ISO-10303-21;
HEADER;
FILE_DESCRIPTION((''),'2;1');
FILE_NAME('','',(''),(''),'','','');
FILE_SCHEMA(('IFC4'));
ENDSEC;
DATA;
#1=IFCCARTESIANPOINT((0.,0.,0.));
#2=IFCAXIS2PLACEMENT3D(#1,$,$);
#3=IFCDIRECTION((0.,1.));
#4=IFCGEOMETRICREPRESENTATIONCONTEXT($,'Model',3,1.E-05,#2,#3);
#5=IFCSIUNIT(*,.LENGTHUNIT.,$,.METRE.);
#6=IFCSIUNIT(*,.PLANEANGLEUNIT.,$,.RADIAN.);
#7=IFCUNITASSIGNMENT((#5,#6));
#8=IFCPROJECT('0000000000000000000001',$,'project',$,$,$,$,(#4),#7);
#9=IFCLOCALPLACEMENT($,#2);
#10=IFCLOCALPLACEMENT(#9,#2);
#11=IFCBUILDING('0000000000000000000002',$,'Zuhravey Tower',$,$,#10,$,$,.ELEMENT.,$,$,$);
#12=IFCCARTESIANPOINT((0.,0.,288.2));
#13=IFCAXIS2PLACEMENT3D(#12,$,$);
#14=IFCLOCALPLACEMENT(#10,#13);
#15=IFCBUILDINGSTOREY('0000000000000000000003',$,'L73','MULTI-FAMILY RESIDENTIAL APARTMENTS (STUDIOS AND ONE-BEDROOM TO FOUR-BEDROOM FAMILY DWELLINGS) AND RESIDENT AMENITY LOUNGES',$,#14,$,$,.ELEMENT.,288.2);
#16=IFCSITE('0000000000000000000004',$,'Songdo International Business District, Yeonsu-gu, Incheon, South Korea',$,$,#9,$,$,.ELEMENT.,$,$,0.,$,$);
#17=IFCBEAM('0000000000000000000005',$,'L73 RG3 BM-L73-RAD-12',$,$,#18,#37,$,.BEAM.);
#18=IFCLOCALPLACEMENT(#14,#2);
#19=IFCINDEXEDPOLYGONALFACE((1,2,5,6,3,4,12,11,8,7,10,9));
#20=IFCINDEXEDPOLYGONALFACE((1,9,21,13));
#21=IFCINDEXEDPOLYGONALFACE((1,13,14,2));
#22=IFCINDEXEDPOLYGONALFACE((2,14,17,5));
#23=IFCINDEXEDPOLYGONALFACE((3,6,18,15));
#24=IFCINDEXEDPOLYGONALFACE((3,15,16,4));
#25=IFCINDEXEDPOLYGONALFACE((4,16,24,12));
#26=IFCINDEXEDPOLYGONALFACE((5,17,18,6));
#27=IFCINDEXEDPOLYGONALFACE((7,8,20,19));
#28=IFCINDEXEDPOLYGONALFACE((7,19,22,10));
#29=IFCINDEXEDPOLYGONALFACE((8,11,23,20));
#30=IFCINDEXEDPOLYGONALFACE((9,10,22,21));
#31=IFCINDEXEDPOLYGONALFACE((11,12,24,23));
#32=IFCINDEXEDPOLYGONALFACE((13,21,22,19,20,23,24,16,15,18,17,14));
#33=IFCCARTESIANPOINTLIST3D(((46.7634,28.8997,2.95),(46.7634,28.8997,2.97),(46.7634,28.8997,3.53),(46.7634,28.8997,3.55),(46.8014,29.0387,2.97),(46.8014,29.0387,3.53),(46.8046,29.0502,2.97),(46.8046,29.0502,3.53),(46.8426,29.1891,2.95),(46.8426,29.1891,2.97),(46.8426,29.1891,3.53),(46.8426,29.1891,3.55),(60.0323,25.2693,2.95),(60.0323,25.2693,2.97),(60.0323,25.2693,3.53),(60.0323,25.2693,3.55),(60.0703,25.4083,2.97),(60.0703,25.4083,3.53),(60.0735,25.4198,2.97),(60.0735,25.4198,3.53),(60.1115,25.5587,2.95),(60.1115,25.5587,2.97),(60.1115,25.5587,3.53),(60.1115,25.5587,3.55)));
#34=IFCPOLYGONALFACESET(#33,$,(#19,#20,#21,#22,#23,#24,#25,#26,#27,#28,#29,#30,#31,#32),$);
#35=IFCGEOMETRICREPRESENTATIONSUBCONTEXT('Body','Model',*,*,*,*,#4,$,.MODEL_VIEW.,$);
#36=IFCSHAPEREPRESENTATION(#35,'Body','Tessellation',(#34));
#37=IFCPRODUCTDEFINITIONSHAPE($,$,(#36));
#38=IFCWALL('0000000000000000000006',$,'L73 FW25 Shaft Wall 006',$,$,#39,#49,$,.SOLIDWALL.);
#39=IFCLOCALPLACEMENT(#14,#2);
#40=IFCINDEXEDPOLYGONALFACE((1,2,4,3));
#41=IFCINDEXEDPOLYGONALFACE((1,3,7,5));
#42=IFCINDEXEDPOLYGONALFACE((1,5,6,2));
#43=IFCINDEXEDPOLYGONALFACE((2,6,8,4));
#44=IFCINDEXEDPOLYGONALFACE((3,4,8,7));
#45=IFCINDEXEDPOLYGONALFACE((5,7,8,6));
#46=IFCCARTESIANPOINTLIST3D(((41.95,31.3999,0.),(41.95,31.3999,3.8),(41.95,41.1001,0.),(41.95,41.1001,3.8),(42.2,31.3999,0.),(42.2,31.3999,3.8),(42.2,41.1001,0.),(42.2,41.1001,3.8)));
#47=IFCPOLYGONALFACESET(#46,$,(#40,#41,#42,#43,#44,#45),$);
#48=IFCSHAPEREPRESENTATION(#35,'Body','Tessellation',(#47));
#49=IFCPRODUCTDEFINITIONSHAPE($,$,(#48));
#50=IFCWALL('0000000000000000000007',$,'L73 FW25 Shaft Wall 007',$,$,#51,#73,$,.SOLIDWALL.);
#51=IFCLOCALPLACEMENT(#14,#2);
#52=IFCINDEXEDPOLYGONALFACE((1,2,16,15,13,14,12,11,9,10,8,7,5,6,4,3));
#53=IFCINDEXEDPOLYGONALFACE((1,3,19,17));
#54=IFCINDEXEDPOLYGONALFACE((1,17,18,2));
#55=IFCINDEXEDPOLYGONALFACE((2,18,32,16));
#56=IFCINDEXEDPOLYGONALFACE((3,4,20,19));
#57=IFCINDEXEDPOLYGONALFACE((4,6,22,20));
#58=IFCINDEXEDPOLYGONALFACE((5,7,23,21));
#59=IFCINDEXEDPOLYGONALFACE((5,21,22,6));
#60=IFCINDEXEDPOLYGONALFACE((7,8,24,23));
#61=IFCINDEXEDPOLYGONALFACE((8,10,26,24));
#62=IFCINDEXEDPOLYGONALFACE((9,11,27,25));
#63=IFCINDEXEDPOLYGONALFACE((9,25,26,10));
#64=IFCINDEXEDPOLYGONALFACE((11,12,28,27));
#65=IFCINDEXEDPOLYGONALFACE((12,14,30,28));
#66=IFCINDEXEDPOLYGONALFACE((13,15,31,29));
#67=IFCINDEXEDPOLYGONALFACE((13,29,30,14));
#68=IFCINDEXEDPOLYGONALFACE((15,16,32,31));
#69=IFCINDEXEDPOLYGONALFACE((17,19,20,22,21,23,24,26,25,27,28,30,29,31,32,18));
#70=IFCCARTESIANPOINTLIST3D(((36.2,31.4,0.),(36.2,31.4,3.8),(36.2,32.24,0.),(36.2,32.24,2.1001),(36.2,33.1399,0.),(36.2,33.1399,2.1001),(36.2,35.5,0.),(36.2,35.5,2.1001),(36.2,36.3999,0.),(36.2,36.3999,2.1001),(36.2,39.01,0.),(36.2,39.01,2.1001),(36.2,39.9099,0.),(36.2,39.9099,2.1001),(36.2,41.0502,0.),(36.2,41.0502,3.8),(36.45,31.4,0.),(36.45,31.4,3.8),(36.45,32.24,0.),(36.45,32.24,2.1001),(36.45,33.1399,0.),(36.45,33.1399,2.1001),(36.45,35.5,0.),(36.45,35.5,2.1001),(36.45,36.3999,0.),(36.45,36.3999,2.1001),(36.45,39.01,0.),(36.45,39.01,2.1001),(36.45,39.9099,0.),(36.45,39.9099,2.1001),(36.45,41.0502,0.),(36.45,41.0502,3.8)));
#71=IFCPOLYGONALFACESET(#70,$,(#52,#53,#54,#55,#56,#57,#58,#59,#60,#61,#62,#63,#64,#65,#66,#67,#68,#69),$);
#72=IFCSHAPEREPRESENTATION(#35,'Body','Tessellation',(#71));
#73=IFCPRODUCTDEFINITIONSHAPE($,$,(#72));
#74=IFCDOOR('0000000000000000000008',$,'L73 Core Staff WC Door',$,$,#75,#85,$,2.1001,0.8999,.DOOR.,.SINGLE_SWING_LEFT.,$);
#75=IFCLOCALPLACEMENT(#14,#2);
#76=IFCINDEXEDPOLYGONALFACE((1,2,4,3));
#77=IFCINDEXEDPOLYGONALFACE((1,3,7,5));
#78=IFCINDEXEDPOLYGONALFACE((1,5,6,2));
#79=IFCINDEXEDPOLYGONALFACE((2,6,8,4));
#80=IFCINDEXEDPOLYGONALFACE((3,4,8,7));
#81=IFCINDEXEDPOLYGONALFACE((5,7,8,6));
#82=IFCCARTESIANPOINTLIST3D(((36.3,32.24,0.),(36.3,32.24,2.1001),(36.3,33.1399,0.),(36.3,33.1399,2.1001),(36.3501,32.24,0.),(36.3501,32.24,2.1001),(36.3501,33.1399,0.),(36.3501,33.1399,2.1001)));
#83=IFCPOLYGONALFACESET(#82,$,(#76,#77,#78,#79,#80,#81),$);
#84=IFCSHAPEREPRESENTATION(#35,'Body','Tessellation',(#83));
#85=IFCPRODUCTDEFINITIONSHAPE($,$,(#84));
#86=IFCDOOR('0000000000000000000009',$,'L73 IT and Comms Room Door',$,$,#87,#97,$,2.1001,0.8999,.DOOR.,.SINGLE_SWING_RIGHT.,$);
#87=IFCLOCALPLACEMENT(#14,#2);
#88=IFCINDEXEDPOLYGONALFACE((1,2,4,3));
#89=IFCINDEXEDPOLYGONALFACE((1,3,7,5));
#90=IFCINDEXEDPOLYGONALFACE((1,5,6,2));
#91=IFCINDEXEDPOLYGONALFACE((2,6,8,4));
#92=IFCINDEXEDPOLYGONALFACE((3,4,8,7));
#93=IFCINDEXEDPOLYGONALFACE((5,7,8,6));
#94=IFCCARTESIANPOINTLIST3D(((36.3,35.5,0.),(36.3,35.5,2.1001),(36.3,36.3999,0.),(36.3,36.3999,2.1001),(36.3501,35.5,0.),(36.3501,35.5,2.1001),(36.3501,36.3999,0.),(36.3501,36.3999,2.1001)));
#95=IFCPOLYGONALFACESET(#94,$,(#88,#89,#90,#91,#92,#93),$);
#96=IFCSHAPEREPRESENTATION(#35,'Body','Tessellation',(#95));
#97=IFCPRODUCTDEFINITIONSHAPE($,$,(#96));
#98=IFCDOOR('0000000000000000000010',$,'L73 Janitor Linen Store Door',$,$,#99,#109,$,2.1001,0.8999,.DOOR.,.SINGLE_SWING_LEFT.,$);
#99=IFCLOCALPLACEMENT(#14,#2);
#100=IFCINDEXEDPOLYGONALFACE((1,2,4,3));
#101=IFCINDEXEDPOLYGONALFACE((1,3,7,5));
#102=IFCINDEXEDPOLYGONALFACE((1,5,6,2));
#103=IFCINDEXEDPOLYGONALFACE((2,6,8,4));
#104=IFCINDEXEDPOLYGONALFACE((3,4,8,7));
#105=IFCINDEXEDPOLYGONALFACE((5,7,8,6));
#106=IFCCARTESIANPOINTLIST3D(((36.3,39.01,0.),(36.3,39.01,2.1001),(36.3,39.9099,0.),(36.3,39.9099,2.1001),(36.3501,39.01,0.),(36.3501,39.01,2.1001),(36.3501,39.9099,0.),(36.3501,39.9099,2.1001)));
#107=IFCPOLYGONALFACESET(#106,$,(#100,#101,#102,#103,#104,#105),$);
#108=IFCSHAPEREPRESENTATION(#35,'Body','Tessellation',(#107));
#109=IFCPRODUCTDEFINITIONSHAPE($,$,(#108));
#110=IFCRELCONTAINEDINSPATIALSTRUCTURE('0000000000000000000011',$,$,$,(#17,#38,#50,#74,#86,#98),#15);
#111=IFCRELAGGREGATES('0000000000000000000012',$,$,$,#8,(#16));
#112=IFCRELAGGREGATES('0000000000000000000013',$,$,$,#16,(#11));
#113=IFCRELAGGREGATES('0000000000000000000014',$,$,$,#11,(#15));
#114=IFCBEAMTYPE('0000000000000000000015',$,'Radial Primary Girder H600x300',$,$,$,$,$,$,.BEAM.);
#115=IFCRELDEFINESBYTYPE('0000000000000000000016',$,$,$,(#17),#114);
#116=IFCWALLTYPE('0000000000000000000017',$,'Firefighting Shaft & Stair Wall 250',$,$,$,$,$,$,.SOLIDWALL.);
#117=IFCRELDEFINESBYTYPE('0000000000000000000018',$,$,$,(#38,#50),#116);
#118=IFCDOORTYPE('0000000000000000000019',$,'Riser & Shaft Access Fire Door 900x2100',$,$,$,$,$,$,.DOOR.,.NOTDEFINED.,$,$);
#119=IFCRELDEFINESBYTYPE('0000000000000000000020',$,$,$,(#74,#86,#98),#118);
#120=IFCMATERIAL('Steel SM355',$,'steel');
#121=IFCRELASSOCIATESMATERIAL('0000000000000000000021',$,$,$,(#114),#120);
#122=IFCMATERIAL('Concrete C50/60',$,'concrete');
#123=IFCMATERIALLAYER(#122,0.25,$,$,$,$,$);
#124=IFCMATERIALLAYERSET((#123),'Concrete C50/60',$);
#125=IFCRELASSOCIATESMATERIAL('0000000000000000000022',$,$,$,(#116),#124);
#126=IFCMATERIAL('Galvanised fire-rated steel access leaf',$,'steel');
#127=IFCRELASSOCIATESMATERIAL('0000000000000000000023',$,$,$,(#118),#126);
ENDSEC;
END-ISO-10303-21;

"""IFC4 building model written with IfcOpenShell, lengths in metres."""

from ifc_helpers import new_model, si_unit, direction, frame, frame_2d, origin, origin_2d, place, context, subcontext, project, spatial, rectangle, i_section, extrude, material, layer, layer_set, material_profile, profile_set, type_object, element, fill, save


model = new_model("IFC4")

# Units and contexts
model_context = context("Model", 3, precision=1e-05, world=origin(), true_north=direction((0.0, 1.0)))
body_context = subcontext(model_context, "Body", "Model", "MODEL_VIEW")
ifc_project = project(units=[si_unit("LENGTHUNIT", "METRE"), si_unit("PLANEANGLEUNIT", "RADIAN")], contexts=[model_context])

# Site, building, storey
site_placement = place(None, origin())
site = spatial("IfcSite", under=ifc_project, at=site_placement, Name="Songdo International Business District, Yeonsu-gu, Incheon, South Korea", CompositionType="ELEMENT", RefElevation=0.0)
building_placement = place(site_placement, origin())
building = spatial("IfcBuilding", under=site, at=building_placement, Name="Zuhravey Tower", CompositionType="ELEMENT")
storey_placement = place(building_placement, frame((0.0, 0.0, 288.2)))
storey = spatial("IfcBuildingStorey", under=building, at=storey_placement, Name="L73", Description="MULTI-FAMILY RESIDENTIAL APARTMENTS (STUDIOS AND ONE-BEDROOM TO FOUR-BEDROOM FAMILY DWELLINGS) AND RESIDENT AMENITY LOUNGES", CompositionType="ELEMENT", Elevation=288.2)

# Beam
ifc_material_1 = material(Name="Steel SM355", Category="steel")
ifc_material_profile = material_profile(ifc_material_1, i_section(OverallWidth=0.3, OverallDepth=0.6001, WebThickness=0.012, FlangeThickness=0.02, at=origin_2d()), Name="H-600x300x12x20")
ifc_profile_set = profile_set([ifc_material_profile], Name="Steel SM355")
beam_type = type_object("IfcBeamType", Name="Radial Primary Girder H600x300", PredefinedType="BEAM", material=ifc_profile_set)
beam_placement = place(storey_placement, frame((46.803, 29.0444, 3.25), z_axis=(0.964549, -0.263903, 0.0), x_axis=(0.263903, 0.964549, 0.0)))
element("IfcBeam", 1, at=beam_placement, inside=storey, type_object=beam_type, Name="L73 RG3 BM-L73-RAD-12", PredefinedType="BEAM", context=body_context, shape_type="SweptSolid", body=[
    extrude(i_section(OverallWidth=0.3, OverallDepth=0.6001, WebThickness=0.012, FlangeThickness=0.02, at=origin_2d()), origin(), (0.0, 0.0, 1.0), 13.7566),
])

# Wall
ifc_material_2 = material(Name="Concrete C50/60", Category="concrete")
ifc_layer_1 = layer(ifc_material_2, 0.25)
ifc_layer_set_1 = layer_set([ifc_layer_1], Name="Concrete C50/60")
wall_type_1 = type_object("IfcWallType", Name="Firefighting Shaft & Stair Wall 250", PredefinedType="SOLIDWALL", material=ifc_layer_set_1)
wall_1_placement = place(storey_placement, frame((42.075, 31.3999, 0.0), z_axis=(0.0, 0.0, 1.0), x_axis=(0.0, 1.0, 0.0)))
element("IfcWall", 2, at=wall_1_placement, inside=storey, type_object=wall_type_1, Name="L73 FW25 Shaft Wall 006", PredefinedType="SOLIDWALL", context=body_context, shape_type="SweptSolid", body=[
    extrude(rectangle(XDim=9.7002, YDim=0.25, at=frame_2d((4.8501, 0.0))), origin(), (0.0, 0.0, 1.0), 3.8),
])

# Wall, openings, doors
wall_2_placement = place(storey_placement, frame((36.325, 31.3999, 0.0), z_axis=(0.0, 0.0, 1.0), x_axis=(0.0, 1.0, 0.0)))
wall_2 = element("IfcWall", 3, at=wall_2_placement, inside=storey, type_object=wall_type_1, Name="L73 FW25 Shaft Wall 007", PredefinedType="SOLIDWALL", context=body_context, shape_type="SweptSolid", body=[
    extrude(rectangle(XDim=9.6501, YDim=0.25, at=frame_2d((4.8252, 0.0))), origin(), (0.0, 0.0, 1.0), 3.8),
])
opening_1_placement = place(wall_2_placement, frame((0.8401, 0.0, 0.0)))
opening_1 = element("IfcOpeningElement", 4, at=opening_1_placement, cuts=wall_2, PredefinedType="OPENING", context=body_context, shape_type="SweptSolid", body=[
    extrude(rectangle(XDim=0.8999, YDim=2.1001, at=frame_2d((0.45, 1.05))), frame((0.0, 0.137, 0.0), z_axis=(0.0, -1.0, 0.0), x_axis=(1.0, 0.0, 0.0)), (0.0, 0.0, 1.0), 0.2739),
])
opening_2_placement = place(wall_2_placement, frame((4.1001, 0.0, 0.0)))
opening_2 = element("IfcOpeningElement", 5, at=opening_2_placement, cuts=wall_2, PredefinedType="OPENING", context=body_context, shape_type="SweptSolid", body=[
    extrude(rectangle(XDim=0.8999, YDim=2.1001, at=frame_2d((0.45, 1.05))), frame((0.0, 0.137, 0.0), z_axis=(0.0, -1.0, 0.0), x_axis=(1.0, 0.0, 0.0)), (0.0, 0.0, 1.0), 0.2739),
])
opening_3_placement = place(wall_2_placement, frame((7.6101, 0.0, 0.0)))
opening_3 = element("IfcOpeningElement", 6, at=opening_3_placement, cuts=wall_2, PredefinedType="OPENING", context=body_context, shape_type="SweptSolid", body=[
    extrude(rectangle(XDim=0.8999, YDim=2.1001, at=frame_2d((0.45, 1.05))), frame((0.0, 0.137, 0.0), z_axis=(0.0, -1.0, 0.0), x_axis=(1.0, 0.0, 0.0)), (0.0, 0.0, 1.0), 0.2739),
])
ifc_material_3 = material(Name="Galvanised fire-rated steel access leaf", Category="steel")
door_type_1 = type_object("IfcDoorType", Name="Riser & Shaft Access Fire Door 900x2100", OperationType="NOTDEFINED", PredefinedType="DOOR", material=ifc_material_3)
door_1_placement = place(opening_1_placement, origin())
door_1 = element("IfcDoor", 7, at=door_1_placement, inside=storey, type_object=door_type_1, Name="L73 Core Staff WC Door", OperationType="SINGLE_SWING_LEFT", OverallHeight=2.1001, OverallWidth=0.8999, PredefinedType="DOOR", context=body_context, shape_type="SweptSolid", body=[
    extrude(rectangle(XDim=0.8999, YDim=2.1001, at=frame_2d((0.45, 1.05))), frame((0.0, 0.0249, 0.0), z_axis=(0.0, -1.0, 0.0), x_axis=(1.0, 0.0, 0.0)), (0.0, 0.0, 1.0), 0.05),
])
fill(opening_1, door_1)
door_2_placement = place(opening_2_placement, origin())
door_2 = element("IfcDoor", 8, at=door_2_placement, inside=storey, type_object=door_type_1, Name="L73 IT and Comms Room Door", OperationType="SINGLE_SWING_RIGHT", OverallHeight=2.1001, OverallWidth=0.8999, PredefinedType="DOOR", context=body_context, shape_type="SweptSolid", body=[
    extrude(rectangle(XDim=0.8999, YDim=2.1001, at=frame_2d((0.45, 1.05))), frame((0.0, 0.0249, 0.0), z_axis=(0.0, -1.0, 0.0), x_axis=(1.0, 0.0, 0.0)), (0.0, 0.0, 1.0), 0.05),
])
fill(opening_2, door_2)
door_3_placement = place(opening_3_placement, origin())
door_3 = element("IfcDoor", 9, at=door_3_placement, inside=storey, type_object=door_type_1, Name="L73 Janitor Linen Store Door", OperationType="SINGLE_SWING_LEFT", OverallHeight=2.1001, OverallWidth=0.8999, PredefinedType="DOOR", context=body_context, shape_type="SweptSolid", body=[
    extrude(rectangle(XDim=0.8999, YDim=2.1001, at=frame_2d((0.45, 1.05))), frame((0.0, 0.0249, 0.0), z_axis=(0.0, -1.0, 0.0), x_axis=(1.0, 0.0, 0.0)), (0.0, 0.0, 1.0), 0.05),
])
fill(opening_3, door_3)

save(model, "model.ifc")
